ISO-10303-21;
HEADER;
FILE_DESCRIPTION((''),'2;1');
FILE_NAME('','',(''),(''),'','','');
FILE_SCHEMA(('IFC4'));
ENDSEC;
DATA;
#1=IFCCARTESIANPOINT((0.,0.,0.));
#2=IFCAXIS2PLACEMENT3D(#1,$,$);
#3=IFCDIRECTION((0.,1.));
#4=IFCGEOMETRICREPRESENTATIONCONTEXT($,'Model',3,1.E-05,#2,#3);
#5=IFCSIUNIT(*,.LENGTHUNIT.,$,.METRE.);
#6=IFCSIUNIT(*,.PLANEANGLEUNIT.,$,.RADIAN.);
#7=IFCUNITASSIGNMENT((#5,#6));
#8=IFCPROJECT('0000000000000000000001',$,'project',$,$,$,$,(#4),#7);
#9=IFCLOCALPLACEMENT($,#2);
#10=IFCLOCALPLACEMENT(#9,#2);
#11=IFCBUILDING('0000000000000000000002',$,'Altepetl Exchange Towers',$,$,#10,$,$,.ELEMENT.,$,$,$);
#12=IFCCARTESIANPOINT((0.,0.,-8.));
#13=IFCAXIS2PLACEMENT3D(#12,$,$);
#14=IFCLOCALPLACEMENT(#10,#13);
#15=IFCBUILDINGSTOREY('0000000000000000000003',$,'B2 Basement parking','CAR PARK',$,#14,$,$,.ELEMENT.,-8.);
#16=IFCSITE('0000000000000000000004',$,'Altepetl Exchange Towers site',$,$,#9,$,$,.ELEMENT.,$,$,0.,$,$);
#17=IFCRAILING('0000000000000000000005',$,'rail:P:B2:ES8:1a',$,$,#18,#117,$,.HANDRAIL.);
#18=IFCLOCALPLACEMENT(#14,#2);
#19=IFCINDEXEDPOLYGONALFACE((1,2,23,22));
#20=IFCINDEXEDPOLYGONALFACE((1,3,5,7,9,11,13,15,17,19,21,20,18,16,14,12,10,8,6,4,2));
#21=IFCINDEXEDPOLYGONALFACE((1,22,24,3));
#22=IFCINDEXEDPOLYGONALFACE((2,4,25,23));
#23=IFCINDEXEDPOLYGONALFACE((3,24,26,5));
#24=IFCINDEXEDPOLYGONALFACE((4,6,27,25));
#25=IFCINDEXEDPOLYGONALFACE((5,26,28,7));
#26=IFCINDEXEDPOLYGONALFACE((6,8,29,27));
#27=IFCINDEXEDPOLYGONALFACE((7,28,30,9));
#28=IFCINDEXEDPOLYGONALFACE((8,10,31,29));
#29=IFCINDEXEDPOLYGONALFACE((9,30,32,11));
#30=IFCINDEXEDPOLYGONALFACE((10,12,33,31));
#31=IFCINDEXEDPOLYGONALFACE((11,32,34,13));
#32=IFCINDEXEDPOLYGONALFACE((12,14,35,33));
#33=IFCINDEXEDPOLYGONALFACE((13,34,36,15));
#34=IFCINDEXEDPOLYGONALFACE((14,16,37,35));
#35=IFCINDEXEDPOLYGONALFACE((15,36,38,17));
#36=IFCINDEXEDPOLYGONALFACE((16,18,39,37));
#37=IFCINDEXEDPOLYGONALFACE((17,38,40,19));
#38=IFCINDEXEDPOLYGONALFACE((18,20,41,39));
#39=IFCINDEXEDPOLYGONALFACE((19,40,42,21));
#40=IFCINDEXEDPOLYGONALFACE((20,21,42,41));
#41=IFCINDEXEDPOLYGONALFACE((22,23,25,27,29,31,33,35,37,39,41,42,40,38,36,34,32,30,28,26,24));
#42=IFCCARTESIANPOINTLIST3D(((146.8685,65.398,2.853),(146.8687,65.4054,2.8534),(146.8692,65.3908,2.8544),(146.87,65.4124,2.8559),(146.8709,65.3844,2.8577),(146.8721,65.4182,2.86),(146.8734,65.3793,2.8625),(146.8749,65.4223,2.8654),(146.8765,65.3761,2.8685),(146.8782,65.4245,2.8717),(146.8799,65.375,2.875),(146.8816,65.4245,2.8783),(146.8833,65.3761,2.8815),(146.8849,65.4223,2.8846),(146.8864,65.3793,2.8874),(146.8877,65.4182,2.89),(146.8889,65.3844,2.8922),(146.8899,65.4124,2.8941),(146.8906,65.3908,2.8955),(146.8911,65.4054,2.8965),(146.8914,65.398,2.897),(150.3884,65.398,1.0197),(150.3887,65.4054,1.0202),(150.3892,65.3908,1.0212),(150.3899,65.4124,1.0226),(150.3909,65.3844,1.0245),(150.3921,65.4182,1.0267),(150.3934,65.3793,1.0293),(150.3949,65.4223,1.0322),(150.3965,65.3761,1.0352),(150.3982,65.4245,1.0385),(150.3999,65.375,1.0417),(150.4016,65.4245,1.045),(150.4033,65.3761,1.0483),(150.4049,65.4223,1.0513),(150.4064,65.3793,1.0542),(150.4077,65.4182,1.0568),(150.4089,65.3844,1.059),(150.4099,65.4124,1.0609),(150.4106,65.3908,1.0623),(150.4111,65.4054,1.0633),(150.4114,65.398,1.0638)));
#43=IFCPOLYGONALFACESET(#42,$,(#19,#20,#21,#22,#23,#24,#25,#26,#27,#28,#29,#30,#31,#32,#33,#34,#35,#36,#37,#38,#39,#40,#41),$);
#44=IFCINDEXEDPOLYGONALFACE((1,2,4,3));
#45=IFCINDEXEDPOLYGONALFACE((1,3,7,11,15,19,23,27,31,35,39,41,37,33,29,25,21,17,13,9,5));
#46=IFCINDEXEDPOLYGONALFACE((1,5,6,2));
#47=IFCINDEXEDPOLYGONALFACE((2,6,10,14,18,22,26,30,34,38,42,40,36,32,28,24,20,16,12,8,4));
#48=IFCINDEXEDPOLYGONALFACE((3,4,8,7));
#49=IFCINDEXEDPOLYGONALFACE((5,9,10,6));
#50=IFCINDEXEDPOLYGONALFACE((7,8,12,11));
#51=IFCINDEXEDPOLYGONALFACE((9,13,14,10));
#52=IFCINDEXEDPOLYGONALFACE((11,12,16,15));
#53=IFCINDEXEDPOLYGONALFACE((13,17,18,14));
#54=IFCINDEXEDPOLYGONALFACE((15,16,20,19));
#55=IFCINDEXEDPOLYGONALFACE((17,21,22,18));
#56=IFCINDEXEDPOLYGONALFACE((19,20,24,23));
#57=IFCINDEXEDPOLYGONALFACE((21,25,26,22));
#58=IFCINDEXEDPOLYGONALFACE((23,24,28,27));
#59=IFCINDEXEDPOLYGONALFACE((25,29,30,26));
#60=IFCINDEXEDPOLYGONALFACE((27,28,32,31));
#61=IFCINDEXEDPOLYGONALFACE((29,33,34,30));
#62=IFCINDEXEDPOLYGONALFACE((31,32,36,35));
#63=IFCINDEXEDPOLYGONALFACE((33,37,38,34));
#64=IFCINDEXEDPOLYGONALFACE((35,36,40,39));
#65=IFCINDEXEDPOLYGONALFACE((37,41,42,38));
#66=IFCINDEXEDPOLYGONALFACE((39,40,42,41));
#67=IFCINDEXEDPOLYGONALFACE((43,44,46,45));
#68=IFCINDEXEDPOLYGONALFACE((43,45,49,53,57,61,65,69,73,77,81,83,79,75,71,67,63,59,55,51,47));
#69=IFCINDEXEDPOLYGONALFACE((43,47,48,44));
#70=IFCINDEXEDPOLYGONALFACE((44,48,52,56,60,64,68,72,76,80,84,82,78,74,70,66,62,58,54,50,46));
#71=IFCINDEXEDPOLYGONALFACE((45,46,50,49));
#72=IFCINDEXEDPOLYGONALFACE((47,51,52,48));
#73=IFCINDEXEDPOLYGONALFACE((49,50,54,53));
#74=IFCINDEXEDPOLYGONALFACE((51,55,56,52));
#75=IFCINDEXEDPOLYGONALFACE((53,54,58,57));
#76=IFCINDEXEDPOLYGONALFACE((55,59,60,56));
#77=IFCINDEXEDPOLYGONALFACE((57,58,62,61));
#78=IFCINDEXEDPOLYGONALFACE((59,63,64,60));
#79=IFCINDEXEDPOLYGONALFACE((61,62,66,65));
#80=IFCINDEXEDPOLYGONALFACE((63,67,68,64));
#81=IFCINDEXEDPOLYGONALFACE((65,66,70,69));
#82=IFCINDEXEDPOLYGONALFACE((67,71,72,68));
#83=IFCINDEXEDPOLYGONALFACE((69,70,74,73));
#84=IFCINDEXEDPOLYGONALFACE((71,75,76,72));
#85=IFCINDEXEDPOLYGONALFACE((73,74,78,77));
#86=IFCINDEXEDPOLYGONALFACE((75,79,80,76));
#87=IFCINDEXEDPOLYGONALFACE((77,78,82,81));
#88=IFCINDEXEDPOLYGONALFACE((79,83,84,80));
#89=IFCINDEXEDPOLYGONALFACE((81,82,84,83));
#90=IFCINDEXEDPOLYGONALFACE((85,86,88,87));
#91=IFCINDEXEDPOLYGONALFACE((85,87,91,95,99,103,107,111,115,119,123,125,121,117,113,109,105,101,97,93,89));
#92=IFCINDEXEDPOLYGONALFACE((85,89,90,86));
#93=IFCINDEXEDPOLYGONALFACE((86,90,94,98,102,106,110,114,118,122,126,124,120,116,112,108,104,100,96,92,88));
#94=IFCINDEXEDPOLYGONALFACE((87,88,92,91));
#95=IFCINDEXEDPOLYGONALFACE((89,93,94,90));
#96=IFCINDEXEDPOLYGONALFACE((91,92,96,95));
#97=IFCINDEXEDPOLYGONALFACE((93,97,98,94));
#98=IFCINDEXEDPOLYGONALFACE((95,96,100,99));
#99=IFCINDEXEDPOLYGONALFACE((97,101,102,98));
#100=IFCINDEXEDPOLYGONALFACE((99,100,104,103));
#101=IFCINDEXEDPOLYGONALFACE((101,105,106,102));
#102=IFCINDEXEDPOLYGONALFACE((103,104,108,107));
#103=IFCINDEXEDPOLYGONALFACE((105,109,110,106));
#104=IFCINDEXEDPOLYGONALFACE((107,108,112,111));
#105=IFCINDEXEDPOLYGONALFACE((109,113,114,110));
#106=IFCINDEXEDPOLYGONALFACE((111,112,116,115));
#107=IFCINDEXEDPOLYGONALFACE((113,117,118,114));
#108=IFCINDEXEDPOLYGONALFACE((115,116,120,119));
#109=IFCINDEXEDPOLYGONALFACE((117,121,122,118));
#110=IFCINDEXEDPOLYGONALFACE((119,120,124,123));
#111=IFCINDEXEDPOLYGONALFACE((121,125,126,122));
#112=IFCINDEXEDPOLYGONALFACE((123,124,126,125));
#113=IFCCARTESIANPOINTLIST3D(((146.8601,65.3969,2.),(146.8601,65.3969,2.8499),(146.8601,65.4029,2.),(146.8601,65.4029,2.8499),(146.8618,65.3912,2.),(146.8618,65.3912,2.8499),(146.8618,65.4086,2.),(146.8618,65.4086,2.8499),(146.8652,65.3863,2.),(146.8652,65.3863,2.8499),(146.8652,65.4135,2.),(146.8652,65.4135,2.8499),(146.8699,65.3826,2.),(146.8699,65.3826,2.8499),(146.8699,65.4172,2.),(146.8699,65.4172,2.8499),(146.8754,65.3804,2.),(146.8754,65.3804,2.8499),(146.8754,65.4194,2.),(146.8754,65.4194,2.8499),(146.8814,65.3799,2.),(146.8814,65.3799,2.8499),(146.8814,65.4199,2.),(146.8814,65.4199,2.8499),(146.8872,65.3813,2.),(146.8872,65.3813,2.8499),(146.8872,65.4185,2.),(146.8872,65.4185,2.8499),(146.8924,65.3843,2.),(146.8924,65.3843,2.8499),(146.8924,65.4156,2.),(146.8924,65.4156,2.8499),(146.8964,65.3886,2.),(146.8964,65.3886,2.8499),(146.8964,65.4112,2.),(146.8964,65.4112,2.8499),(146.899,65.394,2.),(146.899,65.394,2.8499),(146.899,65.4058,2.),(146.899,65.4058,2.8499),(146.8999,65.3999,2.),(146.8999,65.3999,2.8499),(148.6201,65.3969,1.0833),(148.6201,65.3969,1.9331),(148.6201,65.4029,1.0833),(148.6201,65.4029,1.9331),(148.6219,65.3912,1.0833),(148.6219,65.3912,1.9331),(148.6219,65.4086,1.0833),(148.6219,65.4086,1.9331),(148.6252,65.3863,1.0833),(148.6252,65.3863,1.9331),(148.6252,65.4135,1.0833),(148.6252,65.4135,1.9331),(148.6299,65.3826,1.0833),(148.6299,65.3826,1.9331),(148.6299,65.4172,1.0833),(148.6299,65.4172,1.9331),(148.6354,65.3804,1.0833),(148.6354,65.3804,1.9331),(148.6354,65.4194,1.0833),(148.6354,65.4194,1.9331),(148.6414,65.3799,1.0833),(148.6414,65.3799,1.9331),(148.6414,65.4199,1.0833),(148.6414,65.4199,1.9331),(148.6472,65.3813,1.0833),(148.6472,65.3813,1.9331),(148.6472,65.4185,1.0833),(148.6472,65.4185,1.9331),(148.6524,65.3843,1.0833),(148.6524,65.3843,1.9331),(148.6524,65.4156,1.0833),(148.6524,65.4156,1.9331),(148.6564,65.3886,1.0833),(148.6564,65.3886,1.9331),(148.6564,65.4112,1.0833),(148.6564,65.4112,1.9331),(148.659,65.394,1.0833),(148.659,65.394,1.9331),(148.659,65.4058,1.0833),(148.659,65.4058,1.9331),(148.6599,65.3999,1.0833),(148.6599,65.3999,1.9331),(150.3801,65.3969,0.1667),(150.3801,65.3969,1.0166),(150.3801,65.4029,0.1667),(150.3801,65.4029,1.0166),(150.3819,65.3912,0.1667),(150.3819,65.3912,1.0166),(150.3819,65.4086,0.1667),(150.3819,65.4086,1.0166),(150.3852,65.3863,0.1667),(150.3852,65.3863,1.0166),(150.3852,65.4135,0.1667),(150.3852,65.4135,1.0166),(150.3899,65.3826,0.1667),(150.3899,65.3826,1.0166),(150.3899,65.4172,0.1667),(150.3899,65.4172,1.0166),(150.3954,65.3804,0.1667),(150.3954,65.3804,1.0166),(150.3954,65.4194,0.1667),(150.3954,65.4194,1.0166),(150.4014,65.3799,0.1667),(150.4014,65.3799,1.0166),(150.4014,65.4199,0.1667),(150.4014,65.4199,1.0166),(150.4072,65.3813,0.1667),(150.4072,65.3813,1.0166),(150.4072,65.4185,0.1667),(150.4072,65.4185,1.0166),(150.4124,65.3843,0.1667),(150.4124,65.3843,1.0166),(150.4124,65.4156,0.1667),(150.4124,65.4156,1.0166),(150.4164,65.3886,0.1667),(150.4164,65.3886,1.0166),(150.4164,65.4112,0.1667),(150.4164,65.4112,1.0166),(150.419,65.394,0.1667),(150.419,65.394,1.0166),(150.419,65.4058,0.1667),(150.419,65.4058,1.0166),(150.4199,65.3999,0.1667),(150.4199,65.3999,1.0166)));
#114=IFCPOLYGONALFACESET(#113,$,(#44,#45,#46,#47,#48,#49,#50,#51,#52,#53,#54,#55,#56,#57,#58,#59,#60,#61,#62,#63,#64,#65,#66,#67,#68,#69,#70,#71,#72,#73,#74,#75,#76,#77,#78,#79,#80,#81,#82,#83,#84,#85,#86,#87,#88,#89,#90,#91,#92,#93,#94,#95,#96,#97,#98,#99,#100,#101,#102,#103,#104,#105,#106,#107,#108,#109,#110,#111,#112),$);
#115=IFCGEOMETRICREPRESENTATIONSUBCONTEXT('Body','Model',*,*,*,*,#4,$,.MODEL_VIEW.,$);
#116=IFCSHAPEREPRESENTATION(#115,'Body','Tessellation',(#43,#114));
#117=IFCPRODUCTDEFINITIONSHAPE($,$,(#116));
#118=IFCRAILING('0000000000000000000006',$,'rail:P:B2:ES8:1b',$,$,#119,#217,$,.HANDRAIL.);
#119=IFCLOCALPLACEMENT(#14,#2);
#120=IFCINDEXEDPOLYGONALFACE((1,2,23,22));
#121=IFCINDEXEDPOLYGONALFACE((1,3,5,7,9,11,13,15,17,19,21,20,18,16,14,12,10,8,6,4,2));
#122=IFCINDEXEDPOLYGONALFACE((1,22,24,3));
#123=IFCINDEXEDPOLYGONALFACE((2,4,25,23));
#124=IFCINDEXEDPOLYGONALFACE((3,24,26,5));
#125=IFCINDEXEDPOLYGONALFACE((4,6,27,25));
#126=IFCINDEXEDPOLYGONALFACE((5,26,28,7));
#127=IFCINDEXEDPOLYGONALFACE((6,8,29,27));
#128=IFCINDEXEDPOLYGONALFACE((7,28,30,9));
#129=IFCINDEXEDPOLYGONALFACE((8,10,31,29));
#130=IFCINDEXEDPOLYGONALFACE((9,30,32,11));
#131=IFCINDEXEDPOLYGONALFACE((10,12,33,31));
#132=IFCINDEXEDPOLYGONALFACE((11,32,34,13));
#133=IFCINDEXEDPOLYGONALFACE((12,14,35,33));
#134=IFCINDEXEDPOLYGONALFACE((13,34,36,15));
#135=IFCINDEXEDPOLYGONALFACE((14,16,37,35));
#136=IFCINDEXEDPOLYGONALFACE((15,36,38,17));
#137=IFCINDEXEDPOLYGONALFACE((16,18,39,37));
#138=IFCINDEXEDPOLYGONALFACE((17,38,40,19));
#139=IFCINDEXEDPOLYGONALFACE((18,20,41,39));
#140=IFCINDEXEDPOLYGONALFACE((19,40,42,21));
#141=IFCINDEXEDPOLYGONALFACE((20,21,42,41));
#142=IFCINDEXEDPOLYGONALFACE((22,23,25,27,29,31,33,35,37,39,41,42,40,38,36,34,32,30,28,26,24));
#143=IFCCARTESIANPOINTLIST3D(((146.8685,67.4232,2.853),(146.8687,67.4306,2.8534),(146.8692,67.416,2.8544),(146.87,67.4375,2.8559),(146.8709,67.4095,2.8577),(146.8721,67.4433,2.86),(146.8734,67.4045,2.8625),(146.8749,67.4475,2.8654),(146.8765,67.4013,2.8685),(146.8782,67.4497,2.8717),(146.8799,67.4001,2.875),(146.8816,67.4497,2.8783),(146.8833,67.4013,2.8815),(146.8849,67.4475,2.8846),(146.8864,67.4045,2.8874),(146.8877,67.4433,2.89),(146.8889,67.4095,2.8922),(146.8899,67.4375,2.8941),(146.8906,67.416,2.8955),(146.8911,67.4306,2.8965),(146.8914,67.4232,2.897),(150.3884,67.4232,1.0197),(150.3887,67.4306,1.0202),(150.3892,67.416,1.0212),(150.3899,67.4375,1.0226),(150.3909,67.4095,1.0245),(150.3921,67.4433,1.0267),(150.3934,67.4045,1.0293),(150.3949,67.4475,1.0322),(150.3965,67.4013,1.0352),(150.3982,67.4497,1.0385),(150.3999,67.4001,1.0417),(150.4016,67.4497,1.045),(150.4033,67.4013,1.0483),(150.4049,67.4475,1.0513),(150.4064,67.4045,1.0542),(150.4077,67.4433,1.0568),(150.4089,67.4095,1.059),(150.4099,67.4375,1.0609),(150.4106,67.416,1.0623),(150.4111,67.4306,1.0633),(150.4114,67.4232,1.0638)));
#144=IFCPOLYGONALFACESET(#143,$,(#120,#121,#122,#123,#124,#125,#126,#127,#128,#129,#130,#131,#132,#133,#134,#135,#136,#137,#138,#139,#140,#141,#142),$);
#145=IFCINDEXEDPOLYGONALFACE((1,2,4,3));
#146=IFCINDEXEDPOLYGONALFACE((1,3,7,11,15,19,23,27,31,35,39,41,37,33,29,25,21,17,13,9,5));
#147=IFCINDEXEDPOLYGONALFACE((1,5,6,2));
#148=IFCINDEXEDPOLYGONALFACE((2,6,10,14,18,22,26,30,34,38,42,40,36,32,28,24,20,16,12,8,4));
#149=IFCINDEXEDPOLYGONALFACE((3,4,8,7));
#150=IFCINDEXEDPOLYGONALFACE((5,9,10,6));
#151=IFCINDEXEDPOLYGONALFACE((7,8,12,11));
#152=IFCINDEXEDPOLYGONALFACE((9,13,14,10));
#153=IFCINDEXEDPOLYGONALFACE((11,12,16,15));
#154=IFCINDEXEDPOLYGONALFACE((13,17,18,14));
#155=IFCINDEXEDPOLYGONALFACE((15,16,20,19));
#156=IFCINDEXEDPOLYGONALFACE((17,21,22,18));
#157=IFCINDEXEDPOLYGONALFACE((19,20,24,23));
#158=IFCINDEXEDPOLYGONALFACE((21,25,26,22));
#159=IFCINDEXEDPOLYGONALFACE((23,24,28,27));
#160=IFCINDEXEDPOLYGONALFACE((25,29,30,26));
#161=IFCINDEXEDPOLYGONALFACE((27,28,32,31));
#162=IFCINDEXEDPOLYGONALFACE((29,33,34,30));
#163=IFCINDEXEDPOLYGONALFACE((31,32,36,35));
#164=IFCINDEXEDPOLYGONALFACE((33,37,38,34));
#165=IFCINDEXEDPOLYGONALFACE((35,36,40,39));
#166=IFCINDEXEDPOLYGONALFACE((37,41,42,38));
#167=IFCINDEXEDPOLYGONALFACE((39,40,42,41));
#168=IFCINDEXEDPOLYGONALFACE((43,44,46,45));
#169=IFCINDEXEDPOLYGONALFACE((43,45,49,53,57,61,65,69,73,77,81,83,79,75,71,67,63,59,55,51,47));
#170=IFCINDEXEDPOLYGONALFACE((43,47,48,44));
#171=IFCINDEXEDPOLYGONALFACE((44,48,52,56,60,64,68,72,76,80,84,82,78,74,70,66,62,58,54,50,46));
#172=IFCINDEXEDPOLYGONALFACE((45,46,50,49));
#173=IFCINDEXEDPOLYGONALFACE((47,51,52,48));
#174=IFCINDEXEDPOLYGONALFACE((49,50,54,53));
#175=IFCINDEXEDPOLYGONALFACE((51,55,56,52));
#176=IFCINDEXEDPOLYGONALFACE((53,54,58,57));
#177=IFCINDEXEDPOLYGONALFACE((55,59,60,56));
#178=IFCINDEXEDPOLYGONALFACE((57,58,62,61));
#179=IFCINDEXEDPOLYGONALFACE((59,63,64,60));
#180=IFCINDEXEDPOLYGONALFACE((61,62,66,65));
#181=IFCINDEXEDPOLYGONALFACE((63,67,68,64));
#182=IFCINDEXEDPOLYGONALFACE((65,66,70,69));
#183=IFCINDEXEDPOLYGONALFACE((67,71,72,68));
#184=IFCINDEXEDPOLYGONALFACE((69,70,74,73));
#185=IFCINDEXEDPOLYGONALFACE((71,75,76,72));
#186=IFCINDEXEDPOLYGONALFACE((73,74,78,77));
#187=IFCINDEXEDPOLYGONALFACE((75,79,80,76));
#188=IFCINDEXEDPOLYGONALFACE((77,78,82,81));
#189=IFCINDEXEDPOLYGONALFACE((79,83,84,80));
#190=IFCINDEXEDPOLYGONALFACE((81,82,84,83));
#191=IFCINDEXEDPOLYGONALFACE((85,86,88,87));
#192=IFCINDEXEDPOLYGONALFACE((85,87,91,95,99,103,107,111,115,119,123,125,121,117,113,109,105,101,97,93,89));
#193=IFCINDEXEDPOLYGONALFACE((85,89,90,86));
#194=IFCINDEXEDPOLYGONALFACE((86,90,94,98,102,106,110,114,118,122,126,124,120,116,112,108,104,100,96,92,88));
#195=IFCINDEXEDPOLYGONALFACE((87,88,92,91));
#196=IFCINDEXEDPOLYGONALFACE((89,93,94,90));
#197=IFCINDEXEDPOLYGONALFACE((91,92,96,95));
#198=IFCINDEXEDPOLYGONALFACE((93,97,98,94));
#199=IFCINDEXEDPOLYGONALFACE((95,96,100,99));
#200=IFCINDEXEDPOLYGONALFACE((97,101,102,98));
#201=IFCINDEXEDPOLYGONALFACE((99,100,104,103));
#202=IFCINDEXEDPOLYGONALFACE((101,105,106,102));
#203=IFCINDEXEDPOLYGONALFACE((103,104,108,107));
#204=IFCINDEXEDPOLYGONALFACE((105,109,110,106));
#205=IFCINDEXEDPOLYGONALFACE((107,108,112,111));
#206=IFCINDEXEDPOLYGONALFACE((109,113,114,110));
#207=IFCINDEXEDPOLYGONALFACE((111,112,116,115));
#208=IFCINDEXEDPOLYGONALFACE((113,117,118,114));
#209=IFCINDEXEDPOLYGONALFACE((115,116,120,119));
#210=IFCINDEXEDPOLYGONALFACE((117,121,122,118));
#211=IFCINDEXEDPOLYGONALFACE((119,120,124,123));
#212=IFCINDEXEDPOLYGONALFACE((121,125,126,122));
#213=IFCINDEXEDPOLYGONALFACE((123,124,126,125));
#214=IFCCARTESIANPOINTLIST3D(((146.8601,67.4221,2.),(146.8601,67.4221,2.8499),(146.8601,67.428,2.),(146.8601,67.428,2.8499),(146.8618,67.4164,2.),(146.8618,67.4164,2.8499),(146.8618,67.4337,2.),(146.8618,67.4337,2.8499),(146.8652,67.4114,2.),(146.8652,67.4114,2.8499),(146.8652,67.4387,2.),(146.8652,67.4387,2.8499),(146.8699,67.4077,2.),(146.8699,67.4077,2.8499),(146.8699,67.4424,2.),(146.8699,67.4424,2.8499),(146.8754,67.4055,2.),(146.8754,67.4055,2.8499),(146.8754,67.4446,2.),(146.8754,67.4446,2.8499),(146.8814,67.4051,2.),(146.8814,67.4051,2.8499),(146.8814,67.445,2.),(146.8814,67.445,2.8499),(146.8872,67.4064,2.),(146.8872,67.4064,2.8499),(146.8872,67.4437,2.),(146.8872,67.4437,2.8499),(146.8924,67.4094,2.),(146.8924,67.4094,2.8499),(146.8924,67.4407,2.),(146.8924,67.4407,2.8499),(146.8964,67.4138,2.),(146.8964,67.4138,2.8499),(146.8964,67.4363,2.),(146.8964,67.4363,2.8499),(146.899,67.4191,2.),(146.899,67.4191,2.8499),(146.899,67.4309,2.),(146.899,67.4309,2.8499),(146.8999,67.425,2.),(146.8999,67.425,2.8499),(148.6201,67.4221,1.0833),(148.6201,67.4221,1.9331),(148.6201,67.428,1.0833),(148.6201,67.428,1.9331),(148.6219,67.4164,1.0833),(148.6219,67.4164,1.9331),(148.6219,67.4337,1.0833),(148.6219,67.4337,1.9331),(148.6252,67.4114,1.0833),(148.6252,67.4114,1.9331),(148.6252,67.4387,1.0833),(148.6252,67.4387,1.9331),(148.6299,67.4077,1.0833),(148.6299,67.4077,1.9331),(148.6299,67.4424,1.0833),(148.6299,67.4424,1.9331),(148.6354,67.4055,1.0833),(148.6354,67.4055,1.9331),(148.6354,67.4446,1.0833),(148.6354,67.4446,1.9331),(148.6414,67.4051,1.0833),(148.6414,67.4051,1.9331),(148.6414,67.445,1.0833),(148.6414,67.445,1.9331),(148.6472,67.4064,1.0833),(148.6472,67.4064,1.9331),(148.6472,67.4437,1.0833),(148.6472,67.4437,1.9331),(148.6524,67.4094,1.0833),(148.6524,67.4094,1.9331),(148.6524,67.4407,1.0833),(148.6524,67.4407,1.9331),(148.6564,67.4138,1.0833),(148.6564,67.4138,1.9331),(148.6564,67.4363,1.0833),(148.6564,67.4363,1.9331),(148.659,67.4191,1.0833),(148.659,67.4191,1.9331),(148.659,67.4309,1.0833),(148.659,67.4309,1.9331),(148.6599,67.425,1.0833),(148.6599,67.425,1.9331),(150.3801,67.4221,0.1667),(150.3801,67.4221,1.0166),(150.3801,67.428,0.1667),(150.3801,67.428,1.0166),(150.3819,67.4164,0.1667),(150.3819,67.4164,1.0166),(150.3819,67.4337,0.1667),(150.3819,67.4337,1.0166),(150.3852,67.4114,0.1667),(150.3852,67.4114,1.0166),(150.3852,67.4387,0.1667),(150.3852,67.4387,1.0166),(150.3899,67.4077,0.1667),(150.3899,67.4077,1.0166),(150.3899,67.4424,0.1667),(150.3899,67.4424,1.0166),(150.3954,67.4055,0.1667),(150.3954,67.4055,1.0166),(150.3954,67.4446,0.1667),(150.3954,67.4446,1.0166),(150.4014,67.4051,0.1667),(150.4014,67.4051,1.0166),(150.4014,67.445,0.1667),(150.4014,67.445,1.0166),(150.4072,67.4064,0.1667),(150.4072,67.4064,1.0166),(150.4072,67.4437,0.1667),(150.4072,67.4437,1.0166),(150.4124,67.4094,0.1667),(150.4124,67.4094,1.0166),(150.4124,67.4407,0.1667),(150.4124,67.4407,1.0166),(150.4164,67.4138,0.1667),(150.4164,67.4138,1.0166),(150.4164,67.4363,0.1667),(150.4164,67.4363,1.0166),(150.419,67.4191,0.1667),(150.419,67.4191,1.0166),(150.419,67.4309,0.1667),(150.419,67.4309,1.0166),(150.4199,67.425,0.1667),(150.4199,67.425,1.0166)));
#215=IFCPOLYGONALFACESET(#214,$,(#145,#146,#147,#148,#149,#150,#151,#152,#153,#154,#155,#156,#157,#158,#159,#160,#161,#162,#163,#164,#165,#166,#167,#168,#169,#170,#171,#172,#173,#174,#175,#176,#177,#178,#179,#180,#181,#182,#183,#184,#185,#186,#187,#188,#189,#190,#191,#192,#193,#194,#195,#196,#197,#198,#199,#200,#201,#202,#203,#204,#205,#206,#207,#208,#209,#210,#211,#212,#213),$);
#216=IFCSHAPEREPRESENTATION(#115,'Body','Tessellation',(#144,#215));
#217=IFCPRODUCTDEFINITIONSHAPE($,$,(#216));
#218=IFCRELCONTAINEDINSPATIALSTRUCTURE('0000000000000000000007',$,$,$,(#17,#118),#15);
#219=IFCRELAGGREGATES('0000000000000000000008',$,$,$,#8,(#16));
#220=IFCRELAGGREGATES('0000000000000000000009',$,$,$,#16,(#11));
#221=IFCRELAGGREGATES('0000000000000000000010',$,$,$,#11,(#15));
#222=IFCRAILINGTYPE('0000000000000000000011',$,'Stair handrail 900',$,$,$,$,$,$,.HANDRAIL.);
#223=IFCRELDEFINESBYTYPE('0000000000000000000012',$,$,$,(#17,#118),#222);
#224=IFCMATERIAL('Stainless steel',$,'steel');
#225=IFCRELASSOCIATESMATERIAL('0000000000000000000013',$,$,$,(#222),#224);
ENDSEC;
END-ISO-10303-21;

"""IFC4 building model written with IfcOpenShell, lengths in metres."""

from ifc_helpers import new_model, si_unit, direction, frame, origin, origin_2d, place, context, subcontext, project, spatial, circle, extrude, source, transform, mapped, material, type_object, element, save


model = new_model("IFC4")

# Units and contexts
model_context = context("Model", 3, precision=1e-05, world=origin(), true_north=direction((0.0, 1.0)))
body_context = subcontext(model_context, "Body", "Model", "MODEL_VIEW")
ifc_project = project(units=[si_unit("LENGTHUNIT", "METRE"), si_unit("PLANEANGLEUNIT", "RADIAN")], contexts=[model_context])

# Site, building, storey
site_placement = place(None, origin())
site = spatial("IfcSite", under=ifc_project, at=site_placement, Name="Altepetl Exchange Towers site", CompositionType="ELEMENT", RefElevation=0.0)
building_placement = place(site_placement, origin())
building = spatial("IfcBuilding", under=site, at=building_placement, Name="Altepetl Exchange Towers", CompositionType="ELEMENT")
storey_placement = place(building_placement, frame((0.0, 0.0, -8.0)))
storey = spatial("IfcBuildingStorey", under=building, at=storey_placement, Name="B2 Basement parking", Description="CAR PARK", CompositionType="ELEMENT", Elevation=-8.0)

# Railings
ifc_material_1 = material(Name="Stainless steel", Category="steel")
railing_type_1 = type_object("IfcRailingType", Name="Stair handrail 900", PredefinedType="HANDRAIL", material=ifc_material_1)
shared_shape_1 = source(origin(), body_context, "Body", "SweptSolid", [
    extrude(circle(Radius=0.02, at=origin_2d()), origin(), (0.0, 0.0, 1.0), 0.8499),
])
for number, where, name in (
    (1, (150.3999, 65.3999, 0.1667), "rail:P:B2:ES8:1a"),
    (2, (150.3999, 67.425, 0.1667), "rail:P:B2:ES8:1b"),
):
    element("IfcRailing", number, at=place(storey_placement, frame(where)), inside=storey, type_object=railing_type_1, Name=name, PredefinedType="HANDRAIL", context=body_context, shape_type="SweptSolid", body=[
        extrude(circle(Radius=0.0249, at=origin_2d()), frame((0.0, 0.0, 0.875), z_axis=(-0.886924, 0.0, 0.461916), x_axis=(0.0, -1.0, 0.0)), (0.0, 0.0, 1.0), 3.9688),
        mapped(shared_shape_1, transform((0.0, 0.0, 0.0))),
        mapped(shared_shape_1, transform((-1.76, 0.0, 0.9165))),
        mapped(shared_shape_1, transform((-3.52, 0.0, 1.8333))),
    ])

save(model, "model.ifc")
